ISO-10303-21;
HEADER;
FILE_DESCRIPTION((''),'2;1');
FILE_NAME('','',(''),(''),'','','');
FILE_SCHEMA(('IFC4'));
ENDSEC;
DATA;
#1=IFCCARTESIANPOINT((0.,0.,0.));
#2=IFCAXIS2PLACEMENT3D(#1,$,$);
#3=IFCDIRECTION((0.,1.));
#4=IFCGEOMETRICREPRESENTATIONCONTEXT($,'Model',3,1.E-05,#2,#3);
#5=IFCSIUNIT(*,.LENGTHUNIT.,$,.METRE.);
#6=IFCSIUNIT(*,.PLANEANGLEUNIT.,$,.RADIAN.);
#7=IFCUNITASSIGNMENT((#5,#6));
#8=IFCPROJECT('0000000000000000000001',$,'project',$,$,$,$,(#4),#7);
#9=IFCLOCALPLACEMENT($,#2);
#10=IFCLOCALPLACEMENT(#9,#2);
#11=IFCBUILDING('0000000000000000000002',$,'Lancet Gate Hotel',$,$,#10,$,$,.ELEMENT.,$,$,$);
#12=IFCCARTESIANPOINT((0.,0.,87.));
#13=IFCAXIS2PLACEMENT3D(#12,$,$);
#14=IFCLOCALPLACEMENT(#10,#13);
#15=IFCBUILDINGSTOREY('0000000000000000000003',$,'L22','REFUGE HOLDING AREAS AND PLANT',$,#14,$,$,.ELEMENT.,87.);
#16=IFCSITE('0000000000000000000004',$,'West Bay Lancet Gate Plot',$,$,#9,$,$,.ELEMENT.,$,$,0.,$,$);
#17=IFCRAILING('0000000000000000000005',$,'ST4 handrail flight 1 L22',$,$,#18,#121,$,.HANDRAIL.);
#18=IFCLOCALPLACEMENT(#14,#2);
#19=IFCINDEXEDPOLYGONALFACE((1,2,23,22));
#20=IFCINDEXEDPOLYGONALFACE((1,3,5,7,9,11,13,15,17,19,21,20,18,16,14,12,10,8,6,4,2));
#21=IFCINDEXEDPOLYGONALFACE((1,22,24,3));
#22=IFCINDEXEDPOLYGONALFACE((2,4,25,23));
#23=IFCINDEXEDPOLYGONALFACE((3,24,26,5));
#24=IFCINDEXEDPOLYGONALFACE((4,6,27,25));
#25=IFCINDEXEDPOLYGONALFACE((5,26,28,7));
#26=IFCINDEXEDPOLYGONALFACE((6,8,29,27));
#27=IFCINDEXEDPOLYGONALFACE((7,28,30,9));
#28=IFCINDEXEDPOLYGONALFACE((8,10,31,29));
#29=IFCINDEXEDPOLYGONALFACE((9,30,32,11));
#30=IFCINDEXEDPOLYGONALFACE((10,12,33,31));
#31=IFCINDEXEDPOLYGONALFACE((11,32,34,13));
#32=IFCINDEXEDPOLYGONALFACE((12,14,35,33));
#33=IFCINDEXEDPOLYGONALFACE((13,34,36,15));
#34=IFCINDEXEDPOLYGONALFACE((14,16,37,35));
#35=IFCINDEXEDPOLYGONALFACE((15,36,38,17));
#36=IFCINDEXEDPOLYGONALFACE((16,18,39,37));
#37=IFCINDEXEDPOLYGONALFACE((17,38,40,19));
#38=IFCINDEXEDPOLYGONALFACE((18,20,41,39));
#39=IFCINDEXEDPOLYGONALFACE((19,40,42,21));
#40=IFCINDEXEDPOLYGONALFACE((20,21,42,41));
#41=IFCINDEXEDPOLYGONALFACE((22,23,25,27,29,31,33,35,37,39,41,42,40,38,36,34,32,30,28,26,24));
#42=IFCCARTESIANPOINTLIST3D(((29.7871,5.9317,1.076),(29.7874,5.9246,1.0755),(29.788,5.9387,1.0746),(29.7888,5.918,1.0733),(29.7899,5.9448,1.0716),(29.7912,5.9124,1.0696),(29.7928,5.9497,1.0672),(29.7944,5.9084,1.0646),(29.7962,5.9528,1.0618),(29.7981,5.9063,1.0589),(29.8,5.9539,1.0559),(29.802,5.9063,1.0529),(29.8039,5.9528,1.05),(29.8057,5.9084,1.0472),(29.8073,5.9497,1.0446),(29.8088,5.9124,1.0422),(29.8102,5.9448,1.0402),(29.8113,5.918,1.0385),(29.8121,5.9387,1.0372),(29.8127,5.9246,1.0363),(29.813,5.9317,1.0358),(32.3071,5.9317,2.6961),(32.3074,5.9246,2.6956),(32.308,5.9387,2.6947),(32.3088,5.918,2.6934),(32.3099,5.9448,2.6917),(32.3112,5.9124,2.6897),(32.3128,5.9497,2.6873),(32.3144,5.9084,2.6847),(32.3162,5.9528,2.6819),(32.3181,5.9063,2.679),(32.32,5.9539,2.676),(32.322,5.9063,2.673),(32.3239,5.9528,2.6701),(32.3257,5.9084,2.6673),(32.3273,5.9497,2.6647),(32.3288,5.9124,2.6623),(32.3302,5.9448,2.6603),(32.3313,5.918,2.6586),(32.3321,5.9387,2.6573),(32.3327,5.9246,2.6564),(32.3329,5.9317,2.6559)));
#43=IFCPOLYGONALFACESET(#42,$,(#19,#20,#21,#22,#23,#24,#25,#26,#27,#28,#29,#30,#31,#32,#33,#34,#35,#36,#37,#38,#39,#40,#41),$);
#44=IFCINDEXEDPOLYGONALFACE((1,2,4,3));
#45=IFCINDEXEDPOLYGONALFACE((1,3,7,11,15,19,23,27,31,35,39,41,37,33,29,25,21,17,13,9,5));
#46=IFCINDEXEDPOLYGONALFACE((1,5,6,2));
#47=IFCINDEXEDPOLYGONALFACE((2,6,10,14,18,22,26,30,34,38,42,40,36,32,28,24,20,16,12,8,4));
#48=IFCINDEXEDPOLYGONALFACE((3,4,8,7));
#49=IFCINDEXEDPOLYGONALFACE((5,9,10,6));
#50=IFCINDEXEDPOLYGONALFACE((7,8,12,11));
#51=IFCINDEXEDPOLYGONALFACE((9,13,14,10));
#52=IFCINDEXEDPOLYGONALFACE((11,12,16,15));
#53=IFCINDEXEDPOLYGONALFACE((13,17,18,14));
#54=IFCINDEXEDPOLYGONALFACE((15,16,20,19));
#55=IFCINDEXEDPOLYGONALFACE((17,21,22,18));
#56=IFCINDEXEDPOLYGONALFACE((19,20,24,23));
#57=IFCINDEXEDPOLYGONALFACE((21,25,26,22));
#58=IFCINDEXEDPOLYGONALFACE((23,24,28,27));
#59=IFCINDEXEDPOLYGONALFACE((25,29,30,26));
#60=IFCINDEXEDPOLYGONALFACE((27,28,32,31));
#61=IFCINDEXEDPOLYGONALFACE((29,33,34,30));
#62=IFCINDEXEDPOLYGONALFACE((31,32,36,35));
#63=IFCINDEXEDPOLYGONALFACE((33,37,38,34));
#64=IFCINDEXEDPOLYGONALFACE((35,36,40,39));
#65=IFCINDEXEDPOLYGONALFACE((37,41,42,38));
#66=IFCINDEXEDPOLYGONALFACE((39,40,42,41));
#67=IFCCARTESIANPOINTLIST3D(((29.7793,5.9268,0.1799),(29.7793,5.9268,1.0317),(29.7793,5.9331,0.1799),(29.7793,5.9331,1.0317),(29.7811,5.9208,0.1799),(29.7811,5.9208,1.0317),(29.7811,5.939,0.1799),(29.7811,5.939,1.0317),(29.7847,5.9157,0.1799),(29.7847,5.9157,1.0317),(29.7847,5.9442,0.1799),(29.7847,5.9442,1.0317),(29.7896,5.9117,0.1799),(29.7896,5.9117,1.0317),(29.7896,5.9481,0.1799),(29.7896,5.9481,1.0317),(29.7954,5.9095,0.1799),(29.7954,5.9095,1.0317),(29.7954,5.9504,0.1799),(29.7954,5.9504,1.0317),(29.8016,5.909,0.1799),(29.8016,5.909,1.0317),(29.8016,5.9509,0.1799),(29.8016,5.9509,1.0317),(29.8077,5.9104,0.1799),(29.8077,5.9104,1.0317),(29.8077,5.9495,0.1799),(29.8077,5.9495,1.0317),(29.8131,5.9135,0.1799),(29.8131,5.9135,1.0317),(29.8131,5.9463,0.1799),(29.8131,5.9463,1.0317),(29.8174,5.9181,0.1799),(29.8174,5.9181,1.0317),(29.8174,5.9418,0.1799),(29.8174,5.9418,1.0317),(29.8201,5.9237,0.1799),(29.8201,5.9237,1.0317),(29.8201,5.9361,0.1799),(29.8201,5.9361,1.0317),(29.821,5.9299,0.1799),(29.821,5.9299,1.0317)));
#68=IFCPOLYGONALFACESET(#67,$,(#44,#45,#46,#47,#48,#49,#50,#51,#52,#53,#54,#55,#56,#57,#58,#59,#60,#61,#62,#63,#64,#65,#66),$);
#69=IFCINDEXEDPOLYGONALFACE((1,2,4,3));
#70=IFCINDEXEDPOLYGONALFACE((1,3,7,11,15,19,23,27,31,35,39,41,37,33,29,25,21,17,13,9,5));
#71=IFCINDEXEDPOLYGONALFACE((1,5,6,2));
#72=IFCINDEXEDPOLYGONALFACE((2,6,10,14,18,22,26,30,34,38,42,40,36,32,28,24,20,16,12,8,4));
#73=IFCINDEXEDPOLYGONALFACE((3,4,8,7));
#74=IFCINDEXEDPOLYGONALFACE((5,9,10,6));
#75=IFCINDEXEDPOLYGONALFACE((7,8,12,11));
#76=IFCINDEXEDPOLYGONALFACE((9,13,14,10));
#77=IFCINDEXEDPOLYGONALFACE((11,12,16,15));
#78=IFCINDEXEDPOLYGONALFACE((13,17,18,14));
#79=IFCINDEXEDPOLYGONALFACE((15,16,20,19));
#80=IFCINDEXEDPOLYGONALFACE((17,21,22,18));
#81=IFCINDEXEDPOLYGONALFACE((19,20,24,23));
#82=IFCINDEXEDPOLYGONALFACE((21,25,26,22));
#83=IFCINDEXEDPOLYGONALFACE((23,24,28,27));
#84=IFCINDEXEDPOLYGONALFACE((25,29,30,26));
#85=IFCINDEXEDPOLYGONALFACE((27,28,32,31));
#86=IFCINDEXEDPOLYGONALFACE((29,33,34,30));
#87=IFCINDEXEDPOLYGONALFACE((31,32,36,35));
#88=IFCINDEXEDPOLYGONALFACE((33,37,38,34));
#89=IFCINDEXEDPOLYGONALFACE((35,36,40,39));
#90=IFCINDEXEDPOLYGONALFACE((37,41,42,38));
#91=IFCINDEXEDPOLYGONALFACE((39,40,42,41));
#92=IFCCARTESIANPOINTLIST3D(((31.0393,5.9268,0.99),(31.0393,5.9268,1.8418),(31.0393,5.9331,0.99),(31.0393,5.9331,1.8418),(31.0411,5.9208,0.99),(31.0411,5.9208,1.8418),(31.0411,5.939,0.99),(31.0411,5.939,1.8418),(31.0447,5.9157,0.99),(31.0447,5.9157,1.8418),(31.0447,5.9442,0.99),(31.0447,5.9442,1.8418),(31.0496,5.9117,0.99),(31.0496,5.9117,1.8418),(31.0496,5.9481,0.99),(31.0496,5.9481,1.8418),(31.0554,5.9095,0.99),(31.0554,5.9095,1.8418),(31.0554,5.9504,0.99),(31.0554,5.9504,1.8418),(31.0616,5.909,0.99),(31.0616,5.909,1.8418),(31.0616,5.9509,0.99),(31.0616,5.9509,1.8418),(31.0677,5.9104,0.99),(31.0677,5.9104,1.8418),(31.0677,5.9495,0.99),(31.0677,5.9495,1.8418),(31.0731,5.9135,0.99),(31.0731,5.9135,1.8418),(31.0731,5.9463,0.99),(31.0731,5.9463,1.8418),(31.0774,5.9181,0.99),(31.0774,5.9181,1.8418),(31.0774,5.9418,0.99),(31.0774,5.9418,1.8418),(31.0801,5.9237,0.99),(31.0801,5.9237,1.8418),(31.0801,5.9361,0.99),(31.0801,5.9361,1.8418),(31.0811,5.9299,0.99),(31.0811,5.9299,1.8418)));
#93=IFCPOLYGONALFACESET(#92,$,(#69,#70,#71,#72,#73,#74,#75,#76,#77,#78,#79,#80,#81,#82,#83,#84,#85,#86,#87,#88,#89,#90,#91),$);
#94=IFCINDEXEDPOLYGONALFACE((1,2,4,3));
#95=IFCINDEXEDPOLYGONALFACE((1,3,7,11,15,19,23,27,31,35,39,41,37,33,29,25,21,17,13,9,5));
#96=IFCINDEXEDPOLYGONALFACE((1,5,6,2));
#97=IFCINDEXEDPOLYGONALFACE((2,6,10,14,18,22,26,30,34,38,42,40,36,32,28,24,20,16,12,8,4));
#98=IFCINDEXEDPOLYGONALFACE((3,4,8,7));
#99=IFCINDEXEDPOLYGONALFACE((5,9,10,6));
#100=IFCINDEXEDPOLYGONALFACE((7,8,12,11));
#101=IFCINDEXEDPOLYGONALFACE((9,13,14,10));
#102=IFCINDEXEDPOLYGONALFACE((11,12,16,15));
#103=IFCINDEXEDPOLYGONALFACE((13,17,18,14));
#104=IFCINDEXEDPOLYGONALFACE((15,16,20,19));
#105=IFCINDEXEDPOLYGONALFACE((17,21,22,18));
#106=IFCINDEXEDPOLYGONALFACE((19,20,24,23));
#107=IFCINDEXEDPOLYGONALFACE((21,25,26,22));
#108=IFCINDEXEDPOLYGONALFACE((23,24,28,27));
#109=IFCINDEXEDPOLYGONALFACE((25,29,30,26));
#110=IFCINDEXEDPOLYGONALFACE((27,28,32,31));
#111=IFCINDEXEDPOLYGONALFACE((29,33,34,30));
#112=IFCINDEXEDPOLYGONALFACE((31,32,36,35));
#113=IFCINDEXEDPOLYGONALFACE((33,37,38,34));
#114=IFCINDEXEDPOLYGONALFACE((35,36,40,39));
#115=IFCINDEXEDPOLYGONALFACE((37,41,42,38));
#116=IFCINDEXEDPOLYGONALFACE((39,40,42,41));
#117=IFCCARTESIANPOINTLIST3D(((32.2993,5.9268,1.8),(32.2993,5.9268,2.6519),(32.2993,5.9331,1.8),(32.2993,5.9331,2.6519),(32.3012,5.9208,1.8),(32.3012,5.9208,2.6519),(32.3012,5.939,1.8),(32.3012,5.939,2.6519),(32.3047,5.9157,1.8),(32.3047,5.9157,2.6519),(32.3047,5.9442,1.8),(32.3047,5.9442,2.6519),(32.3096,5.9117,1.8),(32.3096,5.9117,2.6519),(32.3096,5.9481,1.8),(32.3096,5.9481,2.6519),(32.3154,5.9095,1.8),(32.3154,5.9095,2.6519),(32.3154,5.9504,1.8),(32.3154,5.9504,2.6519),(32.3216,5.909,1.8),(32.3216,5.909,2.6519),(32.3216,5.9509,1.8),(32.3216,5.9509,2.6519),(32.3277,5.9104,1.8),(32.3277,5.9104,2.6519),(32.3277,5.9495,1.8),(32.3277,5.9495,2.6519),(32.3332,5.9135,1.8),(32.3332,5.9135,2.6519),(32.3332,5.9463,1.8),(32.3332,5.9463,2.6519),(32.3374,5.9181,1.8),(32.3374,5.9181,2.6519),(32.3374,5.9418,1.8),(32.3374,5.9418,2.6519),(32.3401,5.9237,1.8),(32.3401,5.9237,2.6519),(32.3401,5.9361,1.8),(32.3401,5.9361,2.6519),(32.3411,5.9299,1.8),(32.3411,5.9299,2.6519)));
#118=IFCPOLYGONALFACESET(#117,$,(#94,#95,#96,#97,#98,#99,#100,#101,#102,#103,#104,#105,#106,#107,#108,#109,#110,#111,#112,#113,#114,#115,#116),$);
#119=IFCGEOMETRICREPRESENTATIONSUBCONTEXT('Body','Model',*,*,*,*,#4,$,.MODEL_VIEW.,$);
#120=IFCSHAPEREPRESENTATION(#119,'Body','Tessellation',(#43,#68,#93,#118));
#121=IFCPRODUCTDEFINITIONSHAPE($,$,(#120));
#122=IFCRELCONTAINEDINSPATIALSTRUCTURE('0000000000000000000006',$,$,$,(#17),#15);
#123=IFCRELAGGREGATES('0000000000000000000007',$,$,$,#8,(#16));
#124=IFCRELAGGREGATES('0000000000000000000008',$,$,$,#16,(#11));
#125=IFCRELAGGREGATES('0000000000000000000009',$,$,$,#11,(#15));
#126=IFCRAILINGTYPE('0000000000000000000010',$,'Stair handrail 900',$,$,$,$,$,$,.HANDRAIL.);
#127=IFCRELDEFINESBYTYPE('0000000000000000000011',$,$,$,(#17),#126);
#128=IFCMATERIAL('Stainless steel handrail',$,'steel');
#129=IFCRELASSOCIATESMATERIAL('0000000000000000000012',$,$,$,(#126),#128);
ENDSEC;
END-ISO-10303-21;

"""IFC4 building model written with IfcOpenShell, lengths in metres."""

from ifc_helpers import new_model, si_unit, direction, frame, origin, origin_2d, place, context, subcontext, project, spatial, circle, extrude, material, type_object, element, save


model = new_model("IFC4")

# Units and contexts
model_context = context("Model", 3, precision=1e-05, world=origin(), true_north=direction((0.0, 1.0)))
body_context = subcontext(model_context, "Body", "Model", "MODEL_VIEW")
ifc_project = project(units=[si_unit("LENGTHUNIT", "METRE"), si_unit("PLANEANGLEUNIT", "RADIAN")], contexts=[model_context])

# Site, building, storey
site_placement = place(None, origin())
site = spatial("IfcSite", under=ifc_project, at=site_placement, Name="West Bay Lancet Gate Plot", CompositionType="ELEMENT", RefElevation=0.0)
building_placement = place(site_placement, origin())
building = spatial("IfcBuilding", under=site, at=building_placement, Name="Lancet Gate Hotel", CompositionType="ELEMENT")
storey_placement = place(building_placement, frame((0.0, 0.0, 87.0)))
storey = spatial("IfcBuildingStorey", under=building, at=storey_placement, Name="L22", Description="REFUGE HOLDING AREAS AND PLANT", CompositionType="ELEMENT", Elevation=87.0)

# Railing
ifc_material_1 = material(Name="Stainless steel handrail", Category="steel")
railing_type = type_object("IfcRailingType", Name="Stair handrail 900", PredefinedType="HANDRAIL", material=ifc_material_1)
railing_1_placement = place(storey_placement, frame((29.8, 5.9299, 0.1799)))
element("IfcRailing", 1, at=railing_1_placement, inside=storey, type_object=railing_type, Name="ST4 handrail flight 1 L22", PredefinedType="HANDRAIL", context=body_context, shape_type="SweptSolid", body=[
    extrude(circle(Radius=0.0239, at=origin_2d()), frame((0.0, 0.0, 0.876), z_axis=(0.841163, 0.0, 0.540782), x_axis=(0.0, 1.0, 0.0)), (0.0, 0.0, 1.0), 2.9958),
    extrude(circle(Radius=0.021, at=origin_2d()), origin(), (0.0, 0.0, 1.0), 0.8518),
    extrude(circle(Radius=0.021, at=origin_2d()), frame((1.26, 0.0, 0.8101)), (0.0, 0.0, 1.0), 0.8518),
    extrude(circle(Radius=0.021, at=origin_2d()), frame((2.52, 0.0, 1.6201)), (0.0, 0.0, 1.0), 0.8518),
])

save(model, "model.ifc")
